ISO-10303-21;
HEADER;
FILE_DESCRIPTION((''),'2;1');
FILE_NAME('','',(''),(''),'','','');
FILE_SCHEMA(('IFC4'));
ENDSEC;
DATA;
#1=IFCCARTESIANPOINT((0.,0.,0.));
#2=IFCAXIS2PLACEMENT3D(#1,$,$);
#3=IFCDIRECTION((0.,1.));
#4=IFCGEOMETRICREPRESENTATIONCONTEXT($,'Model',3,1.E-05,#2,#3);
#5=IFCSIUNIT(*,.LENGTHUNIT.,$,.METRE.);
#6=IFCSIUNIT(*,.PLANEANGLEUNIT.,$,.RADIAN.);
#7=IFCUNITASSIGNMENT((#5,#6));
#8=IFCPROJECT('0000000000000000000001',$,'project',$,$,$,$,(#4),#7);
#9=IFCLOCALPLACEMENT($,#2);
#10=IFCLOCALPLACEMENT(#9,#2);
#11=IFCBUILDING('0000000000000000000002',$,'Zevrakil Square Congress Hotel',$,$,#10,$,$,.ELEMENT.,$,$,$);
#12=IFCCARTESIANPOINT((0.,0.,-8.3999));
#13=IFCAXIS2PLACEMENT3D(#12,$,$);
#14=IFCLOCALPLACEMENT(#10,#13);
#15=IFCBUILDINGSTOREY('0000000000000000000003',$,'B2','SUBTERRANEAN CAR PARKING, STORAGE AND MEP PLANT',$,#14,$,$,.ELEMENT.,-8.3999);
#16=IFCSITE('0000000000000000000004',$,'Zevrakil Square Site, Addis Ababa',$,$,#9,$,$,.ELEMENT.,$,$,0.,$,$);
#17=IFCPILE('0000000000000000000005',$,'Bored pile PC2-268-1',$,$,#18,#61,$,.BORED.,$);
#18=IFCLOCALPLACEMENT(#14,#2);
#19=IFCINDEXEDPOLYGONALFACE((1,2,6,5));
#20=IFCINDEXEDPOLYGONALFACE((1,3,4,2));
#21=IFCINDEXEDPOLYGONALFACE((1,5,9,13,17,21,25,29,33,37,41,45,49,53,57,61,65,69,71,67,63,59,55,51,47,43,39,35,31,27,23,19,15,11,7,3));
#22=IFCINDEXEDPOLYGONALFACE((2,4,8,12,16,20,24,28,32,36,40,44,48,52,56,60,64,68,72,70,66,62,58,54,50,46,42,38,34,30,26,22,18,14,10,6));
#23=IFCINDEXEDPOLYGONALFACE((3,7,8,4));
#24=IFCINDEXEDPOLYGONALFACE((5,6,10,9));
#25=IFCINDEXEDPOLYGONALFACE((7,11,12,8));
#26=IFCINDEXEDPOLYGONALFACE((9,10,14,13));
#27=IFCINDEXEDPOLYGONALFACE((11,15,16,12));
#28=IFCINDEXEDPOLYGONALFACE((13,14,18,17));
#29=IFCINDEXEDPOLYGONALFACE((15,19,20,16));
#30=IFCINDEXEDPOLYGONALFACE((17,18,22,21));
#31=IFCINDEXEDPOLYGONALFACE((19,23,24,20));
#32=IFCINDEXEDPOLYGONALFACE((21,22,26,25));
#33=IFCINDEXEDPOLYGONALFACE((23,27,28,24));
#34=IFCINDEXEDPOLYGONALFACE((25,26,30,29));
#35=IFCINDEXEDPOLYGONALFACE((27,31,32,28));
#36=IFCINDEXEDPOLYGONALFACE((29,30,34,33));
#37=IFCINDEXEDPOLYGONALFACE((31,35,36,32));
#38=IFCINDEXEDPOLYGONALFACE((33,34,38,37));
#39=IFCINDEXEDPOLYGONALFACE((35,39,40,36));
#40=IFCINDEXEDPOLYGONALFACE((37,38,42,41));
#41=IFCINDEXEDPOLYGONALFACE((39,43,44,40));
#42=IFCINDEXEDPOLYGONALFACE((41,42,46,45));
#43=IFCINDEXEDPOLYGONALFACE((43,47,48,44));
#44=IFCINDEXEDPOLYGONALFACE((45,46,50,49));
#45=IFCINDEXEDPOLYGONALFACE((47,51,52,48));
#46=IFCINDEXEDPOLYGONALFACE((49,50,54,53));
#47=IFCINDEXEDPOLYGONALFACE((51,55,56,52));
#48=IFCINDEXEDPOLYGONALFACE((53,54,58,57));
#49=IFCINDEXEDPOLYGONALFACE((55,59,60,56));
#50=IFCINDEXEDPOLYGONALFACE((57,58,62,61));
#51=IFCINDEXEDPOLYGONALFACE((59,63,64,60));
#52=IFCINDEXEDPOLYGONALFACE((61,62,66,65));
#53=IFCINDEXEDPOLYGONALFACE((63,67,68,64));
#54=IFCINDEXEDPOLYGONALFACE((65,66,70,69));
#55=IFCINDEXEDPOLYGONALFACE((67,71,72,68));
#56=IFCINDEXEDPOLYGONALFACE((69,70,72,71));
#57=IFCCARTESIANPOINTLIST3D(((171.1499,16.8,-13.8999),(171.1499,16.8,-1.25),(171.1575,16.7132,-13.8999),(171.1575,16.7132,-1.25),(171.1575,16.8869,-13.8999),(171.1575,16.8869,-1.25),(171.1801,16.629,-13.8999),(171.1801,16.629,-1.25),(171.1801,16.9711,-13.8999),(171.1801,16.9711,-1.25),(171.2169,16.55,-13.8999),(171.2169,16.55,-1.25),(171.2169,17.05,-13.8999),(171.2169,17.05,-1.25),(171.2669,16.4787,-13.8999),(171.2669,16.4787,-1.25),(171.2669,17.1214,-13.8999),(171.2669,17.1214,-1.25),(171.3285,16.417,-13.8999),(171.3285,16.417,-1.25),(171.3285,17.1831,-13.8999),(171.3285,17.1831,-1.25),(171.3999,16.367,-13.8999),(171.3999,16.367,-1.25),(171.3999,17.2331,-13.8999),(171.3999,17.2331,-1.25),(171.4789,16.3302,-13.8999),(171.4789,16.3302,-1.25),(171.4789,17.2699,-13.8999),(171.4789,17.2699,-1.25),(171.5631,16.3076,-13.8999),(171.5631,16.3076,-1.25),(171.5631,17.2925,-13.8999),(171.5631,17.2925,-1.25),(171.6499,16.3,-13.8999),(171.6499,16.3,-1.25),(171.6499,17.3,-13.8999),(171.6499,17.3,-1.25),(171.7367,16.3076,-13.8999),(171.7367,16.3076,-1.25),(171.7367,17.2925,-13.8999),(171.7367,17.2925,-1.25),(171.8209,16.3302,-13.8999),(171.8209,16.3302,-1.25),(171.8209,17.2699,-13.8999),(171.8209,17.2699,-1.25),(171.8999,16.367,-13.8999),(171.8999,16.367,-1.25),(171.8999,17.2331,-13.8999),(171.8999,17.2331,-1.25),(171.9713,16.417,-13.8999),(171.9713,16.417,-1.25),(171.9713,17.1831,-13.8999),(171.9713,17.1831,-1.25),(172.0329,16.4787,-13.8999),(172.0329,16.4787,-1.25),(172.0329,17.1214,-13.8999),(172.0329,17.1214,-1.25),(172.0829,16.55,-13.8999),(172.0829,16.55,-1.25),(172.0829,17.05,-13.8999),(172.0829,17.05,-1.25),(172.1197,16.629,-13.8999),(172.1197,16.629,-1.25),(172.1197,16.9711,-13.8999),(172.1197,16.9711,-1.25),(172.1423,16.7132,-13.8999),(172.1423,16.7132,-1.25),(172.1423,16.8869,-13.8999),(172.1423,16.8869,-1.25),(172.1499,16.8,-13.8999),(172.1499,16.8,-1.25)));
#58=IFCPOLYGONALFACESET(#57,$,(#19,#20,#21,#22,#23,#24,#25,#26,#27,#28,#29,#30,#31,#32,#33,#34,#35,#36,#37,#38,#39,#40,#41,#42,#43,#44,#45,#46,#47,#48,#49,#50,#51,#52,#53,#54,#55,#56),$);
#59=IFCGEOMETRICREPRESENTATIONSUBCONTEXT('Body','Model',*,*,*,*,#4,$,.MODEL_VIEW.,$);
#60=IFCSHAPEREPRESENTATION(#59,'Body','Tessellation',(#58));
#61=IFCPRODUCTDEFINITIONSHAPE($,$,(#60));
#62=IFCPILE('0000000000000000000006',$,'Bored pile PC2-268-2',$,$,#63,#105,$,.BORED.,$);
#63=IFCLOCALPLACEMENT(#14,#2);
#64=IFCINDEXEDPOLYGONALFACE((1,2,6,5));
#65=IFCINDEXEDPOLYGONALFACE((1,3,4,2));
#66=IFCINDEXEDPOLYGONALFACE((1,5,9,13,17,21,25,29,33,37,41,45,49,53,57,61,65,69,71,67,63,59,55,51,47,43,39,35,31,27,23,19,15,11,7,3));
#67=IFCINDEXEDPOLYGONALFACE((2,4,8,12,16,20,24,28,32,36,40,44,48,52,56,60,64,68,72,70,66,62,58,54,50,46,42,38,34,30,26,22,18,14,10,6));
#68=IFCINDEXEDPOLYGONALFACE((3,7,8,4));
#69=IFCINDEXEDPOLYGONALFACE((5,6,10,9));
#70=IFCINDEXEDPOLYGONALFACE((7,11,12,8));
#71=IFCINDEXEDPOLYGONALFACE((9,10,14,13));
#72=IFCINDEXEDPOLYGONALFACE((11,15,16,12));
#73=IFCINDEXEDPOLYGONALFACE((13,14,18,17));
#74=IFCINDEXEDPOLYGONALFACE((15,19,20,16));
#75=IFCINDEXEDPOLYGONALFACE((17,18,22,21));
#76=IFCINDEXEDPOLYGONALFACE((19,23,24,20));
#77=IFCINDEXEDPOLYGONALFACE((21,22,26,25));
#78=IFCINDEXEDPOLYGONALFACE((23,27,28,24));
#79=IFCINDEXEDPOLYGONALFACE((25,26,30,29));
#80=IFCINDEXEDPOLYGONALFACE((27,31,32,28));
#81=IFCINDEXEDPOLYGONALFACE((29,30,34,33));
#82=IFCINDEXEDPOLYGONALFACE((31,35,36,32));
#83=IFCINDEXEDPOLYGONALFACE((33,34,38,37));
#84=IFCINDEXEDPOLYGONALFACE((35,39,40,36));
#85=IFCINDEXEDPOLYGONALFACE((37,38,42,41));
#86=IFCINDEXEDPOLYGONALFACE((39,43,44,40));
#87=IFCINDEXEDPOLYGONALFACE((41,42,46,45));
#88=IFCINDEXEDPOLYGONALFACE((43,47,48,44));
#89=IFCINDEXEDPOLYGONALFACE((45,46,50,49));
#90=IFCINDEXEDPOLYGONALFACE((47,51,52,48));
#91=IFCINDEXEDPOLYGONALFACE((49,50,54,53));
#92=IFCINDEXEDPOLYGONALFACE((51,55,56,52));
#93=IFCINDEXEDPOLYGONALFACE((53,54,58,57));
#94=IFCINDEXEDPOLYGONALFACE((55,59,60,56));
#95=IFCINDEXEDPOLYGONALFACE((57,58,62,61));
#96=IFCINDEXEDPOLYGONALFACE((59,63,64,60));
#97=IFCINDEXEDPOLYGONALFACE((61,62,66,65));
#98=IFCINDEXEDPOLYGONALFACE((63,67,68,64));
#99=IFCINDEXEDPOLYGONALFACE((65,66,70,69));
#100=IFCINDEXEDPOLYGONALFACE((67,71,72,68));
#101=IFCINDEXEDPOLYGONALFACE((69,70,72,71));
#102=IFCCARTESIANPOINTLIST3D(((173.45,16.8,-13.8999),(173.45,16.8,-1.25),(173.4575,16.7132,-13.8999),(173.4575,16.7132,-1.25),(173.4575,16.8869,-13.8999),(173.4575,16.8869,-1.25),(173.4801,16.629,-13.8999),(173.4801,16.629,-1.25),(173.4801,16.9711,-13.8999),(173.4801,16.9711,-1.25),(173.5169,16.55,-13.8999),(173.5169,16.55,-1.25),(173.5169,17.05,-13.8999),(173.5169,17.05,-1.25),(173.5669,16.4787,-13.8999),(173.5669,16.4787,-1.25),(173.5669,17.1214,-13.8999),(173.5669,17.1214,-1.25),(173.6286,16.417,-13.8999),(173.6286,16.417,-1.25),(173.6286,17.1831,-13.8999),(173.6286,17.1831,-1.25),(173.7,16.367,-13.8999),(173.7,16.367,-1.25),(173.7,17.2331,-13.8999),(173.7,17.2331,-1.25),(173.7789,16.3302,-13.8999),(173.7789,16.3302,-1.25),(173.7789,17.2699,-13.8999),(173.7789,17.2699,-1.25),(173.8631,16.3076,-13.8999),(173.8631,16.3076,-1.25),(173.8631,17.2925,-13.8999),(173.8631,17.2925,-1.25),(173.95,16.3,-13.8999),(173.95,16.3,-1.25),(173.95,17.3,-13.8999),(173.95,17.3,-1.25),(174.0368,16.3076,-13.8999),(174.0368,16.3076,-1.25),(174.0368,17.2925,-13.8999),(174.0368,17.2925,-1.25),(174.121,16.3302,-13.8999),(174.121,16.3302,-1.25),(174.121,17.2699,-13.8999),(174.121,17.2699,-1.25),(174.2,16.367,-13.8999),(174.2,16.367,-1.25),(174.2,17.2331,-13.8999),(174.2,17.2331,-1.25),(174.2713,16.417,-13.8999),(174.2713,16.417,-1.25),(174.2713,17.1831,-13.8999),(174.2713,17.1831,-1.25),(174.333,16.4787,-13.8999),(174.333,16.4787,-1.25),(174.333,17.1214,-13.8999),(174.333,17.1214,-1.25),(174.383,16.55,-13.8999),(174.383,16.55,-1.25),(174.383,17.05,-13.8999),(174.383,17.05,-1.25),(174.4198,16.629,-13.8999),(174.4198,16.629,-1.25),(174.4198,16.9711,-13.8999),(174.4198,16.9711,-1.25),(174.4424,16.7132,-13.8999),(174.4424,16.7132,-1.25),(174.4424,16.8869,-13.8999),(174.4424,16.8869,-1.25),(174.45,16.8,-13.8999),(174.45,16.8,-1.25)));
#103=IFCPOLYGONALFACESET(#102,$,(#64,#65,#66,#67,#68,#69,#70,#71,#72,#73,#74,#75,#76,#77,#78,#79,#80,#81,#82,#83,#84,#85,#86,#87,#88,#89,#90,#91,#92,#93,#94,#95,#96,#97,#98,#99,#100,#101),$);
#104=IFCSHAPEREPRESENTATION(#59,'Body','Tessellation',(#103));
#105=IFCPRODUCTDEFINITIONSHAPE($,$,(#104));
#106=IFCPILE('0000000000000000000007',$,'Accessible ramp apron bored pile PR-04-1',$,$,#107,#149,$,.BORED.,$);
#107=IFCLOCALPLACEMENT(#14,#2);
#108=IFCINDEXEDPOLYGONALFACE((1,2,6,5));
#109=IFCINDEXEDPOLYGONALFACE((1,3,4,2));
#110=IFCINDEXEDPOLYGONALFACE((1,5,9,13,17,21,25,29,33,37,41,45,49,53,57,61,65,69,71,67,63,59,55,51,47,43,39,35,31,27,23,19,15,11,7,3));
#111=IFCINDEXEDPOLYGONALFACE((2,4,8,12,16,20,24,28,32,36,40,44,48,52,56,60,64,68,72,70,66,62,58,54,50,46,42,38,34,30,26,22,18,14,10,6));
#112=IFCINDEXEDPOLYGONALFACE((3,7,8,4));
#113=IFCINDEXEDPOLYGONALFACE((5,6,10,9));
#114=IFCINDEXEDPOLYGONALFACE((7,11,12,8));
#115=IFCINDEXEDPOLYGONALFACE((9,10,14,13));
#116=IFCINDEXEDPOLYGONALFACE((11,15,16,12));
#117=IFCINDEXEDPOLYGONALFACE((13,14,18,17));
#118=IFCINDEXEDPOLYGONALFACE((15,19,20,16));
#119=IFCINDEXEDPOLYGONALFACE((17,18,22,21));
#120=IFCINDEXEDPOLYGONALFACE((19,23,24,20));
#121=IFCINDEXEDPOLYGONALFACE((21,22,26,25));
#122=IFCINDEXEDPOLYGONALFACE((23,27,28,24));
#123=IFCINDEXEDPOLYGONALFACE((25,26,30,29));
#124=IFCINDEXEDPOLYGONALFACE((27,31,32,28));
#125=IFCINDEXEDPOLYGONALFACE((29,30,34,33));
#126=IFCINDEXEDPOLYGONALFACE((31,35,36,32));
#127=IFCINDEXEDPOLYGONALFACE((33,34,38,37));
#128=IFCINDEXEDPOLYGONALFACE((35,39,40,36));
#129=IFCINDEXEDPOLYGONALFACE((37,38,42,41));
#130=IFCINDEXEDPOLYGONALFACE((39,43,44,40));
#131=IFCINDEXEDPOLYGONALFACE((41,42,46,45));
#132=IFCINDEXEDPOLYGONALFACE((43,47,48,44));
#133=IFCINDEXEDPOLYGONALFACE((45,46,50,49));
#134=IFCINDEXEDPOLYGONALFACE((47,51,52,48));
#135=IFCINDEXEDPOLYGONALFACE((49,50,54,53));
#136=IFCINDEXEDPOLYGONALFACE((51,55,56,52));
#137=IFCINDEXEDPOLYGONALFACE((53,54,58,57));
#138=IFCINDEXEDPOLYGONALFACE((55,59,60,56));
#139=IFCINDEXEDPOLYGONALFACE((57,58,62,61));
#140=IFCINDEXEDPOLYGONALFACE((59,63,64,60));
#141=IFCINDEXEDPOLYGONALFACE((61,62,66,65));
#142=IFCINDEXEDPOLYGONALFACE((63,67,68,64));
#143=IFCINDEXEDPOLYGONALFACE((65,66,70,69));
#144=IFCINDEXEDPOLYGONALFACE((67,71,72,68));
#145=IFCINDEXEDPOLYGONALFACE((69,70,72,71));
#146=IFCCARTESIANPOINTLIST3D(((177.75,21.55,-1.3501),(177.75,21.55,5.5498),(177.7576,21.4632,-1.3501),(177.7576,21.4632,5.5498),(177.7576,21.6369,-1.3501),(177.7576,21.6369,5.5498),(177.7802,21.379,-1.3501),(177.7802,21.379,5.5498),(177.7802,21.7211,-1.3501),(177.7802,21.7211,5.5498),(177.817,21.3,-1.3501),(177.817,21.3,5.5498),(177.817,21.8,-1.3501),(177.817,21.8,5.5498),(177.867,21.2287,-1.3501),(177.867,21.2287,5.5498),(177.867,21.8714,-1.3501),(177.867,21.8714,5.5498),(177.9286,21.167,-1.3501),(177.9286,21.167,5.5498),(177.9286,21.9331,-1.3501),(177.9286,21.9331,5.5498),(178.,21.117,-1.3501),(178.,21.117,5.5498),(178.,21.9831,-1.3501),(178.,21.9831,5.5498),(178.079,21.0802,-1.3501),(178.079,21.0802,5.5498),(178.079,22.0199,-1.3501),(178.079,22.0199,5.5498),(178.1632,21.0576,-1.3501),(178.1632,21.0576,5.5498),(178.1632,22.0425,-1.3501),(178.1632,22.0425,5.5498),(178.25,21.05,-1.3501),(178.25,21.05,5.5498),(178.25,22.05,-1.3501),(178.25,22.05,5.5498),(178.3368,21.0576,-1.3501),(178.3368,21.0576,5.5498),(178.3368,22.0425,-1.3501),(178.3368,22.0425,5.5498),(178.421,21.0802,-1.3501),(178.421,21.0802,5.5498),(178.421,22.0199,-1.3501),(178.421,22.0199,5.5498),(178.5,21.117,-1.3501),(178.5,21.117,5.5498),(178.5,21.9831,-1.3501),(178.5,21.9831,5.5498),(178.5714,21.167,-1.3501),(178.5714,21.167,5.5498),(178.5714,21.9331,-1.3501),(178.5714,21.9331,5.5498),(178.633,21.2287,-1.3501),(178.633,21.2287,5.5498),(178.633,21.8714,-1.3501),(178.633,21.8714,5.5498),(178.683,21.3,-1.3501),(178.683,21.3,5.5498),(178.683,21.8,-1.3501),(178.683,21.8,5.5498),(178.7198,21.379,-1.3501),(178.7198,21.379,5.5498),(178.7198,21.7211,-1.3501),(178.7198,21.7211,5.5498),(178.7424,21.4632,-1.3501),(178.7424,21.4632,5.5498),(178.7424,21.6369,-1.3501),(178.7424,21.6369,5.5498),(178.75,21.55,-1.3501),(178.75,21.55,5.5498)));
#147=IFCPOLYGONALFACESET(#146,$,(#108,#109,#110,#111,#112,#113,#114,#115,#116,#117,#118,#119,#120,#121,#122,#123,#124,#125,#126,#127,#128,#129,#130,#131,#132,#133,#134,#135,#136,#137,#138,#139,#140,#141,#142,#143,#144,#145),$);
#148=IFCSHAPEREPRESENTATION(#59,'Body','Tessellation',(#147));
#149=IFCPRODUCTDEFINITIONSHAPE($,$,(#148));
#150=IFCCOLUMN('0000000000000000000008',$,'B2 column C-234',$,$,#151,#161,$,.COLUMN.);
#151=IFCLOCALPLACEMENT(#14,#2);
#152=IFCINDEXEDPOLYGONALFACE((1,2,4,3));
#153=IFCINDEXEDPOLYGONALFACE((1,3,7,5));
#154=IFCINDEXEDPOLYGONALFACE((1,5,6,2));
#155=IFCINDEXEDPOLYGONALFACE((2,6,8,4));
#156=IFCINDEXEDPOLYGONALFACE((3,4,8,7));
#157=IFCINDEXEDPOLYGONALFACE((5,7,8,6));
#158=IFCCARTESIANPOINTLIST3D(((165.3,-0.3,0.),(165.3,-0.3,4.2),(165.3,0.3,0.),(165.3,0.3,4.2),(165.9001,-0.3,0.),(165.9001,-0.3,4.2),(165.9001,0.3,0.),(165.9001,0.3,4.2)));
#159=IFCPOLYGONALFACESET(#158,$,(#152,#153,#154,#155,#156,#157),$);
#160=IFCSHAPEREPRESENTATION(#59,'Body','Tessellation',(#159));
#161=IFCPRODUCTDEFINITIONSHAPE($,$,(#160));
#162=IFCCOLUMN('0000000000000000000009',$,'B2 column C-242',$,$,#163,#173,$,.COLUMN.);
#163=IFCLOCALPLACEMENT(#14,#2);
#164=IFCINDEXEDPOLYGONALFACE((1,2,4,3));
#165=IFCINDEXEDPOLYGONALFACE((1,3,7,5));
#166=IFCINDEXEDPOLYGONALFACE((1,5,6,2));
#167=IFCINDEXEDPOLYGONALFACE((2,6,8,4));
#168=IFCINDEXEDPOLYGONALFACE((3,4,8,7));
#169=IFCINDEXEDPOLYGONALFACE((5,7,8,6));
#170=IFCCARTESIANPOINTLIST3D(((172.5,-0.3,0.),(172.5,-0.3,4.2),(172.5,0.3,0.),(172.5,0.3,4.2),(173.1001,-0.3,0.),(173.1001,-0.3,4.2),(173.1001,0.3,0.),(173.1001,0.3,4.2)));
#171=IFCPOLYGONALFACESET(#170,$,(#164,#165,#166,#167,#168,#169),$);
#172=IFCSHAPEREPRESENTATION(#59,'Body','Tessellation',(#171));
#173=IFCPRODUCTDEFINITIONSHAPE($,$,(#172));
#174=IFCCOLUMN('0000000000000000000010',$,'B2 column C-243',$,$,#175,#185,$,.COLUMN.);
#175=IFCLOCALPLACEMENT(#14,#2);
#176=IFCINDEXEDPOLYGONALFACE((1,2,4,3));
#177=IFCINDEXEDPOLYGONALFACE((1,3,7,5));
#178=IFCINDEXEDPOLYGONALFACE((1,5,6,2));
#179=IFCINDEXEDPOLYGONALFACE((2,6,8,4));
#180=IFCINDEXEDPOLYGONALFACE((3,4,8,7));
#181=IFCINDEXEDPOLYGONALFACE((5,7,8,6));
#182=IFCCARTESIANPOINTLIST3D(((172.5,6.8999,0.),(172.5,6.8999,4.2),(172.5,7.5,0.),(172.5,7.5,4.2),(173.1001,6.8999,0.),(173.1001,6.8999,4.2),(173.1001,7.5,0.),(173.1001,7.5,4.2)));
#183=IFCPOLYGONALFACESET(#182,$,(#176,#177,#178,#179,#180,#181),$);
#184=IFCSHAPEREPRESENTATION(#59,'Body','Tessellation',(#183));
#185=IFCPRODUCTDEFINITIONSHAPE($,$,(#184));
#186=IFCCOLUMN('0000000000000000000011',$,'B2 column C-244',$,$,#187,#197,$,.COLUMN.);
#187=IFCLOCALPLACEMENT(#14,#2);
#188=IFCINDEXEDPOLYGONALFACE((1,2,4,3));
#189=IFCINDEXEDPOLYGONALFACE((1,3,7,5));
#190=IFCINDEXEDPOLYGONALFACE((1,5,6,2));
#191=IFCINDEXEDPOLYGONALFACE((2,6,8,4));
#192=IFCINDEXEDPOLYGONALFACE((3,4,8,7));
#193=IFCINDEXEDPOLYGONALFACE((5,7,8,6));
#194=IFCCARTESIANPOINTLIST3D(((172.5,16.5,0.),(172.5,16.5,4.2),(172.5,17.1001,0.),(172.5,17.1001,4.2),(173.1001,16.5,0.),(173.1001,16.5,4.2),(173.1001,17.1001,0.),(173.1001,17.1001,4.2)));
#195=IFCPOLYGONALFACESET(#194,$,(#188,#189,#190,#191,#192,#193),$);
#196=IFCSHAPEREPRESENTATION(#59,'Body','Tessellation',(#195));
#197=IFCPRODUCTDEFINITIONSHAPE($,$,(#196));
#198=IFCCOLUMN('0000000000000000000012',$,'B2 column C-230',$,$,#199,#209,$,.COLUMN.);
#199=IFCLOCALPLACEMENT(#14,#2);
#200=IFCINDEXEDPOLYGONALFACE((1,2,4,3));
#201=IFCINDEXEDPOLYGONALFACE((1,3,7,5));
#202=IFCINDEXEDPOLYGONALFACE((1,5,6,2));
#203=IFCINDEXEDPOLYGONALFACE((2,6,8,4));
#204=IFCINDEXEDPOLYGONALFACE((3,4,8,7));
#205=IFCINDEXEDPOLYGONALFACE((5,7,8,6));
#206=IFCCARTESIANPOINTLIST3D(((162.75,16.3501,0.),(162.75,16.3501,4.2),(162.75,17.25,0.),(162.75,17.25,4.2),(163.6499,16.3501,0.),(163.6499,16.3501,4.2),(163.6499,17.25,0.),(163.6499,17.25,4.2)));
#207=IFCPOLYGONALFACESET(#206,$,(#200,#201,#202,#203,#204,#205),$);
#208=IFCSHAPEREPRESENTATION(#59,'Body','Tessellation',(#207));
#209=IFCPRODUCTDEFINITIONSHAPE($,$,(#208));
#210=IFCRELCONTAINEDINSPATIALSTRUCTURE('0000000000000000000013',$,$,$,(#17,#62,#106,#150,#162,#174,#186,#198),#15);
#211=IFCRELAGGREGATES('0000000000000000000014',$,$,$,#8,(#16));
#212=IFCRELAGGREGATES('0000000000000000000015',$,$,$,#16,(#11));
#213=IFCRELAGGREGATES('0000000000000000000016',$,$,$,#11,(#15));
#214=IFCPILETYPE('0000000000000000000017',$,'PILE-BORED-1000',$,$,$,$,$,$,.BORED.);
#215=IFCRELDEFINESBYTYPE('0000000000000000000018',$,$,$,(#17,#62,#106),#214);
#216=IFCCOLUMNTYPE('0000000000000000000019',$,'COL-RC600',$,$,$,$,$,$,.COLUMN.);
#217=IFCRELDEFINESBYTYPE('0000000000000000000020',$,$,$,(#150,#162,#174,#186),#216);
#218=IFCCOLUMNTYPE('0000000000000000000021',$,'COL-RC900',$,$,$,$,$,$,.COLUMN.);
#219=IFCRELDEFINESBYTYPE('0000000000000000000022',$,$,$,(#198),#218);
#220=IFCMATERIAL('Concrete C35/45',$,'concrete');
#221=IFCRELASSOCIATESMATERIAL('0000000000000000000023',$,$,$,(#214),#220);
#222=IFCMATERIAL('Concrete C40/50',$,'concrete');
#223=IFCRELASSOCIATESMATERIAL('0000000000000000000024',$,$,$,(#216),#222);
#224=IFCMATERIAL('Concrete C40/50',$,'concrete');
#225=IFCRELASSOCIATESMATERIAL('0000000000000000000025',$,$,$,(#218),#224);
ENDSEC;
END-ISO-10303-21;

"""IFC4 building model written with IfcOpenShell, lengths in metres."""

from ifc_helpers import new_model, si_unit, direction, frame, origin, origin_2d, place, context, subcontext, project, spatial, rectangle, circle, extrude, material, material_profile, profile_set, type_object, element, save


model = new_model("IFC4")

# Units and contexts
model_context = context("Model", 3, precision=1e-05, world=origin(), true_north=direction((0.0, 1.0)))
body_context = subcontext(model_context, "Body", "Model", "MODEL_VIEW")
ifc_project = project(units=[si_unit("LENGTHUNIT", "METRE"), si_unit("PLANEANGLEUNIT", "RADIAN")], contexts=[model_context])

# Site, building, storey
site_placement = place(None, origin())
site = spatial("IfcSite", under=ifc_project, at=site_placement, Name="Zevrakil Square Site, Addis Ababa", CompositionType="ELEMENT", RefElevation=0.0)
building_placement = place(site_placement, origin())
building = spatial("IfcBuilding", under=site, at=building_placement, Name="Zevrakil Square Congress Hotel", CompositionType="ELEMENT")
storey_placement = place(building_placement, frame((0.0, 0.0, -8.3999)))
storey = spatial("IfcBuildingStorey", under=building, at=storey_placement, Name="B2", Description="SUBTERRANEAN CAR PARKING, STORAGE AND MEP PLANT", CompositionType="ELEMENT", Elevation=-8.3999)

# Piles
ifc_material_1 = material(Name="Concrete C35/45", Category="concrete")
ifc_material_profile_1 = material_profile(ifc_material_1, circle(Radius=0.5, at=origin_2d()), Name="PILE D1000")
ifc_profile_set_1 = profile_set([ifc_material_profile_1], Name="Concrete C35/45")
pile_type = type_object("IfcPileType", Name="PILE-BORED-1000", PredefinedType="BORED", material=ifc_profile_set_1)
for number, where, z_axis, x_axis, name in (
    (1, (171.6499, 16.8, -1.25), (0.0, 0.0, -1.0), (1.0, 0.0, 0.0), "Bored pile PC2-268-1"),
    (2, (173.95, 16.8, -1.25), (0.0, 0.0, -1.0), (1.0, 0.0, 0.0), "Bored pile PC2-268-2"),
):
    element("IfcPile", number, at=place(storey_placement, frame(where, z_axis=z_axis, x_axis=x_axis)), inside=storey, type_object=pile_type, Name=name, PredefinedType="BORED", context=body_context, shape_type="SweptSolid", body=[
        extrude(circle(Radius=0.5, at=origin_2d()), origin(), (0.0, 0.0, 1.0), 12.6499),
    ])
pile_1_placement = place(storey_placement, frame((178.25, 21.55, 5.5498), z_axis=(0.0, 0.0, -1.0), x_axis=(1.0, 0.0, 0.0)))
element("IfcPile", 3, at=pile_1_placement, inside=storey, type_object=pile_type, Name="Accessible ramp apron bored pile PR-04-1", PredefinedType="BORED", context=body_context, shape_type="SweptSolid", body=[
    extrude(circle(Radius=0.5, at=origin_2d()), origin(), (0.0, 0.0, 1.0), 6.8999),
])

# Columns
ifc_material_2 = material(Name="Concrete C40/50", Category="concrete")
ifc_material_profile_2 = material_profile(ifc_material_2, rectangle(XDim=0.6001, YDim=0.6001, at=origin_2d()), Name="RC 600x600")
ifc_profile_set_2 = profile_set([ifc_material_profile_2], Name="Concrete C40/50")
column_type_1 = type_object("IfcColumnType", Name="COL-RC600", PredefinedType="COLUMN", material=ifc_profile_set_2)
for number, where, z_axis, x_axis, name in (
    (4, (165.6001, 0.0, 0.0), (0.0, 0.0, 1.0), (1.0, 0.0, 0.0), "B2 column C-234"),
    (5, (172.8, 0.0, 0.0), (0.0, 0.0, 1.0), (1.0, 0.0, 0.0), "B2 column C-242"),
    (6, (172.8, 7.2, 0.0), (0.0, 0.0, 1.0), (1.0, 0.0, 0.0), "B2 column C-243"),
    (7, (172.8, 16.8, 0.0), (0.0, 0.0, 1.0), (1.0, 0.0, 0.0), "B2 column C-244"),
):
    element("IfcColumn", number, at=place(storey_placement, frame(where, z_axis=z_axis, x_axis=x_axis)), inside=storey, type_object=column_type_1, Name=name, PredefinedType="COLUMN", context=body_context, shape_type="SweptSolid", body=[
        extrude(rectangle(XDim=0.6001, YDim=0.6001, at=origin_2d()), origin(), (0.0, 0.0, 1.0), 4.2),
    ])
ifc_material_3 = material(Name="Concrete C40/50", Category="concrete")
ifc_material_profile_3 = material_profile(ifc_material_3, rectangle(XDim=0.8999, YDim=0.8999, at=origin_2d()), Name="RC 900x900")
ifc_profile_set_3 = profile_set([ifc_material_profile_3], Name="Concrete C40/50")
column_type_2 = type_object("IfcColumnType", Name="COL-RC900", PredefinedType="COLUMN", material=ifc_profile_set_3)
column_placement = place(storey_placement, frame((163.2, 16.8, 0.0), z_axis=(0.0, 0.0, 1.0), x_axis=(1.0, 0.0, 0.0)))
element("IfcColumn", 8, at=column_placement, inside=storey, type_object=column_type_2, Name="B2 column C-230", PredefinedType="COLUMN", context=body_context, shape_type="SweptSolid", body=[
    extrude(rectangle(XDim=0.8999, YDim=0.8999, at=origin_2d()), origin(), (0.0, 0.0, 1.0), 4.2),
])

save(model, "model.ifc")
